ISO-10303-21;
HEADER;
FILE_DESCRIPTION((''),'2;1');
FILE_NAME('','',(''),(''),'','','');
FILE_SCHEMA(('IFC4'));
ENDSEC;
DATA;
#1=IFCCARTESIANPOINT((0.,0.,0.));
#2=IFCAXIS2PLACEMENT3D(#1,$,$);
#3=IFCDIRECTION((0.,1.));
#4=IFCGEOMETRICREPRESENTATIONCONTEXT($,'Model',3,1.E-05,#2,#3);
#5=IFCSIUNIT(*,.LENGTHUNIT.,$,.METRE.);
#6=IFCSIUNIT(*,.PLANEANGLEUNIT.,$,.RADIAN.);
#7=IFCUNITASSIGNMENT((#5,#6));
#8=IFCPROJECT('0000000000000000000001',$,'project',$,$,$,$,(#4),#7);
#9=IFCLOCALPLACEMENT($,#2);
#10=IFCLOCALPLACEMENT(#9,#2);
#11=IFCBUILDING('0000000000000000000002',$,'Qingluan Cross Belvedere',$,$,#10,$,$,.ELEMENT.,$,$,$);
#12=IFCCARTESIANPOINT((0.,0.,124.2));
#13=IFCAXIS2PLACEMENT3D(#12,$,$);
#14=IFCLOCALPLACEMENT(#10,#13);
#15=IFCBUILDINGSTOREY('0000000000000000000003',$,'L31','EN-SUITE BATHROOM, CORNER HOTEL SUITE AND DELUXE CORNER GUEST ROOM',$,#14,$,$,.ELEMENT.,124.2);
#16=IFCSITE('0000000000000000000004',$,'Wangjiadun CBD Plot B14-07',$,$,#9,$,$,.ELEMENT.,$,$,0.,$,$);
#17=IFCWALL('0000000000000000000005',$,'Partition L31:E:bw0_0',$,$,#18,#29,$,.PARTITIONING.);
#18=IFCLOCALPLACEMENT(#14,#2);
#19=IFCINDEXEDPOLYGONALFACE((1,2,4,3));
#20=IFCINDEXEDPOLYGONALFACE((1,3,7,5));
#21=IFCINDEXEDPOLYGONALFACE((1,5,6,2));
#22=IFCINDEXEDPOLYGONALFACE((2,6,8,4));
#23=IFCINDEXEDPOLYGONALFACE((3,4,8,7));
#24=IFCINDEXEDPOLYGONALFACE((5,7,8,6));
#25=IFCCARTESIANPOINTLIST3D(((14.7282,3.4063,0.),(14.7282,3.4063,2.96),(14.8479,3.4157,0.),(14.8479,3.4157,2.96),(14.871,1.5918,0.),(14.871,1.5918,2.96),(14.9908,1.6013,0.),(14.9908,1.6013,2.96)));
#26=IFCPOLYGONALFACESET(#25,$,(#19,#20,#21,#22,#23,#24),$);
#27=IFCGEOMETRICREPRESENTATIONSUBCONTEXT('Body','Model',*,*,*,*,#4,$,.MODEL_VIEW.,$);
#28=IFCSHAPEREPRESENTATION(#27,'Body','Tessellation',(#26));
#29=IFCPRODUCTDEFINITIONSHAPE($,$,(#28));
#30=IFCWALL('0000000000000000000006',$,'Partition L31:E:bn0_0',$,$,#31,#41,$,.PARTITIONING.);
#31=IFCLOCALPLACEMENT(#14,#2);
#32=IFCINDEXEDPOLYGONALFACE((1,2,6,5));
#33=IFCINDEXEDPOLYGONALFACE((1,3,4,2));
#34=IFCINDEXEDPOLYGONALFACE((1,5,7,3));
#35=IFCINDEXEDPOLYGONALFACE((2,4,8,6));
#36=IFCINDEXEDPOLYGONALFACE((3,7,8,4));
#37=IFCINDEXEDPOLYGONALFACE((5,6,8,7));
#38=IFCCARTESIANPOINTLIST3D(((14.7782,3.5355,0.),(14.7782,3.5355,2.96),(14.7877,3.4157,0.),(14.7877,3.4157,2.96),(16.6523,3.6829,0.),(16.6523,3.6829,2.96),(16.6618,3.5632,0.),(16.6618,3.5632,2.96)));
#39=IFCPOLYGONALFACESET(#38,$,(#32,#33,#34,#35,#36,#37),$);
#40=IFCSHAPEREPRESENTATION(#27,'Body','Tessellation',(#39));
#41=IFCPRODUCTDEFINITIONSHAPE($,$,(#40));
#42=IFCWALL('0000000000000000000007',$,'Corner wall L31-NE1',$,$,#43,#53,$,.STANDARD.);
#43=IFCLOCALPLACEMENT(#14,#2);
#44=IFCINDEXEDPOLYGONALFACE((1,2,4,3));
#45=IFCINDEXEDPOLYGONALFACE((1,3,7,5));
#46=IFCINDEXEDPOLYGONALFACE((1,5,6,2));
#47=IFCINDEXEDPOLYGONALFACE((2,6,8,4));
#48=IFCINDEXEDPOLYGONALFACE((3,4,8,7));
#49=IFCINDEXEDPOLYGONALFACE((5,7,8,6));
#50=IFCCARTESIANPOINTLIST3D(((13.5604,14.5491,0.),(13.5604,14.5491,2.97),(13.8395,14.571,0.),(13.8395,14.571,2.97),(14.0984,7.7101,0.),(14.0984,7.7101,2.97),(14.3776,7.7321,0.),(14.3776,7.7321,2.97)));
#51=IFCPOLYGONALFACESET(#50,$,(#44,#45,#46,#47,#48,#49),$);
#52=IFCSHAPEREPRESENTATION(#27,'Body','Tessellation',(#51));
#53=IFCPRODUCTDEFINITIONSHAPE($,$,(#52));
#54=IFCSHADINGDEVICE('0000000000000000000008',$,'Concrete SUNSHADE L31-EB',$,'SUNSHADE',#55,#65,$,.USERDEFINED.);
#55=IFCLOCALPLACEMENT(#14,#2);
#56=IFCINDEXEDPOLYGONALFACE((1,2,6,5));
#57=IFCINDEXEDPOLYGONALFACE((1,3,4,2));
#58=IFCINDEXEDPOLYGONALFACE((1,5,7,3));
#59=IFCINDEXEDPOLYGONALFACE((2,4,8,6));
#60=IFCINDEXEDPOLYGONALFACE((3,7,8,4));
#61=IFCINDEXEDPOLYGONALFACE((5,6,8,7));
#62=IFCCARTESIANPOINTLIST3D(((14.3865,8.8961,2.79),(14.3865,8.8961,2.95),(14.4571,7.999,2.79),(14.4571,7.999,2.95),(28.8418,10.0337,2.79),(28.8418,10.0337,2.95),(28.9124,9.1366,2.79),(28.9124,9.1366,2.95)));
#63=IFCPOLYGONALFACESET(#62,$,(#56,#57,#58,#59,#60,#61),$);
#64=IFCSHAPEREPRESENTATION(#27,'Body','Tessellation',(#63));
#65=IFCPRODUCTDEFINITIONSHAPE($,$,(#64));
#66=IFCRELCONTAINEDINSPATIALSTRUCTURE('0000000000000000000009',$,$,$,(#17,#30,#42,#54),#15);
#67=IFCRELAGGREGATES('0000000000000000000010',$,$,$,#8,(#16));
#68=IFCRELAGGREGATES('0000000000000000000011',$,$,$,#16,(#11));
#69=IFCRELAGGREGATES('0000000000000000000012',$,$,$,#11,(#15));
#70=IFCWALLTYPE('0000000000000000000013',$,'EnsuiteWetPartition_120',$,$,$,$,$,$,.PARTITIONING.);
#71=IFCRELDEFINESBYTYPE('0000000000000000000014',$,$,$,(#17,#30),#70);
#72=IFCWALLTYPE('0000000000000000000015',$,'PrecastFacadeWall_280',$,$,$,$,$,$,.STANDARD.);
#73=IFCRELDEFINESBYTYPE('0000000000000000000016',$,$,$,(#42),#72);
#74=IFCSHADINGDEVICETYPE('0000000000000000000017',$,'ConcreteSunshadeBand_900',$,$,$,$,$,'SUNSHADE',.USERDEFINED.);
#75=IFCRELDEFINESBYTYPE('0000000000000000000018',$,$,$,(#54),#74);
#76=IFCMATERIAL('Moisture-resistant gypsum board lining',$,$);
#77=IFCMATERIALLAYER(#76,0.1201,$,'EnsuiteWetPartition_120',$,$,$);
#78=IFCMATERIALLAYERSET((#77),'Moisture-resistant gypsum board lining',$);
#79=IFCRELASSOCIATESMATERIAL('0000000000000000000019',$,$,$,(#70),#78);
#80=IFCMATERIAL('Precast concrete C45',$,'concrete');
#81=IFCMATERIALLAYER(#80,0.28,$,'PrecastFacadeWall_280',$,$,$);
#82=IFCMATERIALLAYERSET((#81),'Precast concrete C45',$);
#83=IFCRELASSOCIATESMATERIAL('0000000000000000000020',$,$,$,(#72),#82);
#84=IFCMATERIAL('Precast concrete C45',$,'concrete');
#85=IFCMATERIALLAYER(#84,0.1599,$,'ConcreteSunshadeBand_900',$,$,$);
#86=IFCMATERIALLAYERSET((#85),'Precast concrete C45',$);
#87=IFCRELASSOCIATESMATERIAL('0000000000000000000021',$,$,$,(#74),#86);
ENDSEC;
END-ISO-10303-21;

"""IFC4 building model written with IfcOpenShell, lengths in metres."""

from ifc_helpers import new_model, si_unit, direction, frame, frame_2d, origin, origin_2d, place, context, subcontext, project, spatial, rectangle, extrude, material, layer, layer_set, type_object, element, save


model = new_model("IFC4")

# Units and contexts
model_context = context("Model", 3, precision=1e-05, world=origin(), true_north=direction((0.0, 1.0)))
body_context = subcontext(model_context, "Body", "Model", "MODEL_VIEW")
ifc_project = project(units=[si_unit("LENGTHUNIT", "METRE"), si_unit("PLANEANGLEUNIT", "RADIAN")], contexts=[model_context])

# Site, building, storey
site_placement = place(None, origin())
site = spatial("IfcSite", under=ifc_project, at=site_placement, Name="Wangjiadun CBD Plot B14-07", CompositionType="ELEMENT", RefElevation=0.0)
building_placement = place(site_placement, origin())
building = spatial("IfcBuilding", under=site, at=building_placement, Name="Qingluan Cross Belvedere", CompositionType="ELEMENT")
storey_placement = place(building_placement, frame((0.0, 0.0, 124.2)))
storey = spatial("IfcBuildingStorey", under=building, at=storey_placement, Name="L31", Description="EN-SUITE BATHROOM, CORNER HOTEL SUITE AND DELUXE CORNER GUEST ROOM", CompositionType="ELEMENT", Elevation=124.2)

# Shared definitions
ifc_material_1 = material(Name="Moisture-resistant gypsum board lining")
ifc_layer_1 = layer(ifc_material_1, 0.1201, Name="EnsuiteWetPartition_120")
ifc_layer_set_1 = layer_set([ifc_layer_1], Name="Moisture-resistant gypsum board lining")
wall_type_1 = type_object("IfcWallType", Name="EnsuiteWetPartition_120", PredefinedType="PARTITIONING", material=ifc_layer_set_1)

# Walls
wall_1_placement = place(storey_placement, frame((14.9309, 1.5964, 0.0), z_axis=(0.0, 0.0, 1.0), x_axis=(-0.078471, 0.996916, 0.0)))
element("IfcWall", 1, at=wall_1_placement, inside=storey, type_object=wall_type_1, Name="Partition L31:E:bw0_0", PredefinedType="PARTITIONING", context=body_context, shape_type="SweptSolid", body=[
    extrude(rectangle(XDim=1.8201, YDim=0.1201, at=frame_2d((0.9102, 0.0))), origin(), (0.0, 0.0, 1.0), 2.96),
])
wall_2_placement = place(storey_placement, frame((14.783, 3.4756, 0.0), z_axis=(0.0, 0.0, 1.0), x_axis=(0.996918, 0.078444, 0.0)))
element("IfcWall", 2, at=wall_2_placement, inside=storey, type_object=wall_type_1, Name="Partition L31:E:bn0_0", PredefinedType="PARTITIONING", context=body_context, shape_type="SweptSolid", body=[
    extrude(rectangle(XDim=1.8799, YDim=0.1201, at=frame_2d((0.9399, 0.0))), origin(), (0.0, 0.0, 1.0), 2.96),
])
ifc_material_2 = material(Name="Precast concrete C45", Category="concrete")
ifc_layer_2 = layer(ifc_material_2, 0.28, Name="PrecastFacadeWall_280")
ifc_layer_set_2 = layer_set([ifc_layer_2], Name="Precast concrete C45")
wall_type_2 = type_object("IfcWallType", Name="PrecastFacadeWall_280", PredefinedType="STANDARD", material=ifc_layer_set_2)
wall_3_placement = place(storey_placement, frame((14.238, 7.7209, 0.0), z_axis=(0.0, 0.0, 1.0), x_axis=(-0.078438, 0.996919, 0.0)))
element("IfcWall", 3, at=wall_3_placement, inside=storey, type_object=wall_type_2, Name="Corner wall L31-NE1", PredefinedType="STANDARD", context=body_context, shape_type="SweptSolid", body=[
    extrude(rectangle(XDim=6.8601, YDim=0.28, at=frame_2d((3.4302, 0.0))), origin(), (0.0, 0.0, 1.0), 2.97),
])

# Shading device
ifc_material_3 = material(Name="Precast concrete C45", Category="concrete")
ifc_layer_3 = layer(ifc_material_3, 0.1599, Name="ConcreteSunshadeBand_900")
ifc_layer_set_3 = layer_set([ifc_layer_3], Name="Precast concrete C45")
shading_device_type = type_object("IfcShadingDeviceType", Name="ConcreteSunshadeBand_900", ElementType="SUNSHADE", PredefinedType="USERDEFINED", material=ifc_layer_set_3)
shading_device_placement = place(storey_placement, frame((21.6494, 9.0164, 2.79), z_axis=(0.0, 0.0, 1.0), x_axis=(-0.996918, -0.078456, 0.0)))
element("IfcShadingDevice", 4, at=shading_device_placement, inside=storey, type_object=shading_device_type, Name="Concrete SUNSHADE L31-EB", ObjectType="SUNSHADE", PredefinedType="USERDEFINED", context=body_context, shape_type="SweptSolid", body=[
    extrude(rectangle(XDim=14.5, YDim=0.8999, at=origin_2d()), origin(), (0.0, 0.0, 1.0), 0.1599),
])

save(model, "model.ifc")
